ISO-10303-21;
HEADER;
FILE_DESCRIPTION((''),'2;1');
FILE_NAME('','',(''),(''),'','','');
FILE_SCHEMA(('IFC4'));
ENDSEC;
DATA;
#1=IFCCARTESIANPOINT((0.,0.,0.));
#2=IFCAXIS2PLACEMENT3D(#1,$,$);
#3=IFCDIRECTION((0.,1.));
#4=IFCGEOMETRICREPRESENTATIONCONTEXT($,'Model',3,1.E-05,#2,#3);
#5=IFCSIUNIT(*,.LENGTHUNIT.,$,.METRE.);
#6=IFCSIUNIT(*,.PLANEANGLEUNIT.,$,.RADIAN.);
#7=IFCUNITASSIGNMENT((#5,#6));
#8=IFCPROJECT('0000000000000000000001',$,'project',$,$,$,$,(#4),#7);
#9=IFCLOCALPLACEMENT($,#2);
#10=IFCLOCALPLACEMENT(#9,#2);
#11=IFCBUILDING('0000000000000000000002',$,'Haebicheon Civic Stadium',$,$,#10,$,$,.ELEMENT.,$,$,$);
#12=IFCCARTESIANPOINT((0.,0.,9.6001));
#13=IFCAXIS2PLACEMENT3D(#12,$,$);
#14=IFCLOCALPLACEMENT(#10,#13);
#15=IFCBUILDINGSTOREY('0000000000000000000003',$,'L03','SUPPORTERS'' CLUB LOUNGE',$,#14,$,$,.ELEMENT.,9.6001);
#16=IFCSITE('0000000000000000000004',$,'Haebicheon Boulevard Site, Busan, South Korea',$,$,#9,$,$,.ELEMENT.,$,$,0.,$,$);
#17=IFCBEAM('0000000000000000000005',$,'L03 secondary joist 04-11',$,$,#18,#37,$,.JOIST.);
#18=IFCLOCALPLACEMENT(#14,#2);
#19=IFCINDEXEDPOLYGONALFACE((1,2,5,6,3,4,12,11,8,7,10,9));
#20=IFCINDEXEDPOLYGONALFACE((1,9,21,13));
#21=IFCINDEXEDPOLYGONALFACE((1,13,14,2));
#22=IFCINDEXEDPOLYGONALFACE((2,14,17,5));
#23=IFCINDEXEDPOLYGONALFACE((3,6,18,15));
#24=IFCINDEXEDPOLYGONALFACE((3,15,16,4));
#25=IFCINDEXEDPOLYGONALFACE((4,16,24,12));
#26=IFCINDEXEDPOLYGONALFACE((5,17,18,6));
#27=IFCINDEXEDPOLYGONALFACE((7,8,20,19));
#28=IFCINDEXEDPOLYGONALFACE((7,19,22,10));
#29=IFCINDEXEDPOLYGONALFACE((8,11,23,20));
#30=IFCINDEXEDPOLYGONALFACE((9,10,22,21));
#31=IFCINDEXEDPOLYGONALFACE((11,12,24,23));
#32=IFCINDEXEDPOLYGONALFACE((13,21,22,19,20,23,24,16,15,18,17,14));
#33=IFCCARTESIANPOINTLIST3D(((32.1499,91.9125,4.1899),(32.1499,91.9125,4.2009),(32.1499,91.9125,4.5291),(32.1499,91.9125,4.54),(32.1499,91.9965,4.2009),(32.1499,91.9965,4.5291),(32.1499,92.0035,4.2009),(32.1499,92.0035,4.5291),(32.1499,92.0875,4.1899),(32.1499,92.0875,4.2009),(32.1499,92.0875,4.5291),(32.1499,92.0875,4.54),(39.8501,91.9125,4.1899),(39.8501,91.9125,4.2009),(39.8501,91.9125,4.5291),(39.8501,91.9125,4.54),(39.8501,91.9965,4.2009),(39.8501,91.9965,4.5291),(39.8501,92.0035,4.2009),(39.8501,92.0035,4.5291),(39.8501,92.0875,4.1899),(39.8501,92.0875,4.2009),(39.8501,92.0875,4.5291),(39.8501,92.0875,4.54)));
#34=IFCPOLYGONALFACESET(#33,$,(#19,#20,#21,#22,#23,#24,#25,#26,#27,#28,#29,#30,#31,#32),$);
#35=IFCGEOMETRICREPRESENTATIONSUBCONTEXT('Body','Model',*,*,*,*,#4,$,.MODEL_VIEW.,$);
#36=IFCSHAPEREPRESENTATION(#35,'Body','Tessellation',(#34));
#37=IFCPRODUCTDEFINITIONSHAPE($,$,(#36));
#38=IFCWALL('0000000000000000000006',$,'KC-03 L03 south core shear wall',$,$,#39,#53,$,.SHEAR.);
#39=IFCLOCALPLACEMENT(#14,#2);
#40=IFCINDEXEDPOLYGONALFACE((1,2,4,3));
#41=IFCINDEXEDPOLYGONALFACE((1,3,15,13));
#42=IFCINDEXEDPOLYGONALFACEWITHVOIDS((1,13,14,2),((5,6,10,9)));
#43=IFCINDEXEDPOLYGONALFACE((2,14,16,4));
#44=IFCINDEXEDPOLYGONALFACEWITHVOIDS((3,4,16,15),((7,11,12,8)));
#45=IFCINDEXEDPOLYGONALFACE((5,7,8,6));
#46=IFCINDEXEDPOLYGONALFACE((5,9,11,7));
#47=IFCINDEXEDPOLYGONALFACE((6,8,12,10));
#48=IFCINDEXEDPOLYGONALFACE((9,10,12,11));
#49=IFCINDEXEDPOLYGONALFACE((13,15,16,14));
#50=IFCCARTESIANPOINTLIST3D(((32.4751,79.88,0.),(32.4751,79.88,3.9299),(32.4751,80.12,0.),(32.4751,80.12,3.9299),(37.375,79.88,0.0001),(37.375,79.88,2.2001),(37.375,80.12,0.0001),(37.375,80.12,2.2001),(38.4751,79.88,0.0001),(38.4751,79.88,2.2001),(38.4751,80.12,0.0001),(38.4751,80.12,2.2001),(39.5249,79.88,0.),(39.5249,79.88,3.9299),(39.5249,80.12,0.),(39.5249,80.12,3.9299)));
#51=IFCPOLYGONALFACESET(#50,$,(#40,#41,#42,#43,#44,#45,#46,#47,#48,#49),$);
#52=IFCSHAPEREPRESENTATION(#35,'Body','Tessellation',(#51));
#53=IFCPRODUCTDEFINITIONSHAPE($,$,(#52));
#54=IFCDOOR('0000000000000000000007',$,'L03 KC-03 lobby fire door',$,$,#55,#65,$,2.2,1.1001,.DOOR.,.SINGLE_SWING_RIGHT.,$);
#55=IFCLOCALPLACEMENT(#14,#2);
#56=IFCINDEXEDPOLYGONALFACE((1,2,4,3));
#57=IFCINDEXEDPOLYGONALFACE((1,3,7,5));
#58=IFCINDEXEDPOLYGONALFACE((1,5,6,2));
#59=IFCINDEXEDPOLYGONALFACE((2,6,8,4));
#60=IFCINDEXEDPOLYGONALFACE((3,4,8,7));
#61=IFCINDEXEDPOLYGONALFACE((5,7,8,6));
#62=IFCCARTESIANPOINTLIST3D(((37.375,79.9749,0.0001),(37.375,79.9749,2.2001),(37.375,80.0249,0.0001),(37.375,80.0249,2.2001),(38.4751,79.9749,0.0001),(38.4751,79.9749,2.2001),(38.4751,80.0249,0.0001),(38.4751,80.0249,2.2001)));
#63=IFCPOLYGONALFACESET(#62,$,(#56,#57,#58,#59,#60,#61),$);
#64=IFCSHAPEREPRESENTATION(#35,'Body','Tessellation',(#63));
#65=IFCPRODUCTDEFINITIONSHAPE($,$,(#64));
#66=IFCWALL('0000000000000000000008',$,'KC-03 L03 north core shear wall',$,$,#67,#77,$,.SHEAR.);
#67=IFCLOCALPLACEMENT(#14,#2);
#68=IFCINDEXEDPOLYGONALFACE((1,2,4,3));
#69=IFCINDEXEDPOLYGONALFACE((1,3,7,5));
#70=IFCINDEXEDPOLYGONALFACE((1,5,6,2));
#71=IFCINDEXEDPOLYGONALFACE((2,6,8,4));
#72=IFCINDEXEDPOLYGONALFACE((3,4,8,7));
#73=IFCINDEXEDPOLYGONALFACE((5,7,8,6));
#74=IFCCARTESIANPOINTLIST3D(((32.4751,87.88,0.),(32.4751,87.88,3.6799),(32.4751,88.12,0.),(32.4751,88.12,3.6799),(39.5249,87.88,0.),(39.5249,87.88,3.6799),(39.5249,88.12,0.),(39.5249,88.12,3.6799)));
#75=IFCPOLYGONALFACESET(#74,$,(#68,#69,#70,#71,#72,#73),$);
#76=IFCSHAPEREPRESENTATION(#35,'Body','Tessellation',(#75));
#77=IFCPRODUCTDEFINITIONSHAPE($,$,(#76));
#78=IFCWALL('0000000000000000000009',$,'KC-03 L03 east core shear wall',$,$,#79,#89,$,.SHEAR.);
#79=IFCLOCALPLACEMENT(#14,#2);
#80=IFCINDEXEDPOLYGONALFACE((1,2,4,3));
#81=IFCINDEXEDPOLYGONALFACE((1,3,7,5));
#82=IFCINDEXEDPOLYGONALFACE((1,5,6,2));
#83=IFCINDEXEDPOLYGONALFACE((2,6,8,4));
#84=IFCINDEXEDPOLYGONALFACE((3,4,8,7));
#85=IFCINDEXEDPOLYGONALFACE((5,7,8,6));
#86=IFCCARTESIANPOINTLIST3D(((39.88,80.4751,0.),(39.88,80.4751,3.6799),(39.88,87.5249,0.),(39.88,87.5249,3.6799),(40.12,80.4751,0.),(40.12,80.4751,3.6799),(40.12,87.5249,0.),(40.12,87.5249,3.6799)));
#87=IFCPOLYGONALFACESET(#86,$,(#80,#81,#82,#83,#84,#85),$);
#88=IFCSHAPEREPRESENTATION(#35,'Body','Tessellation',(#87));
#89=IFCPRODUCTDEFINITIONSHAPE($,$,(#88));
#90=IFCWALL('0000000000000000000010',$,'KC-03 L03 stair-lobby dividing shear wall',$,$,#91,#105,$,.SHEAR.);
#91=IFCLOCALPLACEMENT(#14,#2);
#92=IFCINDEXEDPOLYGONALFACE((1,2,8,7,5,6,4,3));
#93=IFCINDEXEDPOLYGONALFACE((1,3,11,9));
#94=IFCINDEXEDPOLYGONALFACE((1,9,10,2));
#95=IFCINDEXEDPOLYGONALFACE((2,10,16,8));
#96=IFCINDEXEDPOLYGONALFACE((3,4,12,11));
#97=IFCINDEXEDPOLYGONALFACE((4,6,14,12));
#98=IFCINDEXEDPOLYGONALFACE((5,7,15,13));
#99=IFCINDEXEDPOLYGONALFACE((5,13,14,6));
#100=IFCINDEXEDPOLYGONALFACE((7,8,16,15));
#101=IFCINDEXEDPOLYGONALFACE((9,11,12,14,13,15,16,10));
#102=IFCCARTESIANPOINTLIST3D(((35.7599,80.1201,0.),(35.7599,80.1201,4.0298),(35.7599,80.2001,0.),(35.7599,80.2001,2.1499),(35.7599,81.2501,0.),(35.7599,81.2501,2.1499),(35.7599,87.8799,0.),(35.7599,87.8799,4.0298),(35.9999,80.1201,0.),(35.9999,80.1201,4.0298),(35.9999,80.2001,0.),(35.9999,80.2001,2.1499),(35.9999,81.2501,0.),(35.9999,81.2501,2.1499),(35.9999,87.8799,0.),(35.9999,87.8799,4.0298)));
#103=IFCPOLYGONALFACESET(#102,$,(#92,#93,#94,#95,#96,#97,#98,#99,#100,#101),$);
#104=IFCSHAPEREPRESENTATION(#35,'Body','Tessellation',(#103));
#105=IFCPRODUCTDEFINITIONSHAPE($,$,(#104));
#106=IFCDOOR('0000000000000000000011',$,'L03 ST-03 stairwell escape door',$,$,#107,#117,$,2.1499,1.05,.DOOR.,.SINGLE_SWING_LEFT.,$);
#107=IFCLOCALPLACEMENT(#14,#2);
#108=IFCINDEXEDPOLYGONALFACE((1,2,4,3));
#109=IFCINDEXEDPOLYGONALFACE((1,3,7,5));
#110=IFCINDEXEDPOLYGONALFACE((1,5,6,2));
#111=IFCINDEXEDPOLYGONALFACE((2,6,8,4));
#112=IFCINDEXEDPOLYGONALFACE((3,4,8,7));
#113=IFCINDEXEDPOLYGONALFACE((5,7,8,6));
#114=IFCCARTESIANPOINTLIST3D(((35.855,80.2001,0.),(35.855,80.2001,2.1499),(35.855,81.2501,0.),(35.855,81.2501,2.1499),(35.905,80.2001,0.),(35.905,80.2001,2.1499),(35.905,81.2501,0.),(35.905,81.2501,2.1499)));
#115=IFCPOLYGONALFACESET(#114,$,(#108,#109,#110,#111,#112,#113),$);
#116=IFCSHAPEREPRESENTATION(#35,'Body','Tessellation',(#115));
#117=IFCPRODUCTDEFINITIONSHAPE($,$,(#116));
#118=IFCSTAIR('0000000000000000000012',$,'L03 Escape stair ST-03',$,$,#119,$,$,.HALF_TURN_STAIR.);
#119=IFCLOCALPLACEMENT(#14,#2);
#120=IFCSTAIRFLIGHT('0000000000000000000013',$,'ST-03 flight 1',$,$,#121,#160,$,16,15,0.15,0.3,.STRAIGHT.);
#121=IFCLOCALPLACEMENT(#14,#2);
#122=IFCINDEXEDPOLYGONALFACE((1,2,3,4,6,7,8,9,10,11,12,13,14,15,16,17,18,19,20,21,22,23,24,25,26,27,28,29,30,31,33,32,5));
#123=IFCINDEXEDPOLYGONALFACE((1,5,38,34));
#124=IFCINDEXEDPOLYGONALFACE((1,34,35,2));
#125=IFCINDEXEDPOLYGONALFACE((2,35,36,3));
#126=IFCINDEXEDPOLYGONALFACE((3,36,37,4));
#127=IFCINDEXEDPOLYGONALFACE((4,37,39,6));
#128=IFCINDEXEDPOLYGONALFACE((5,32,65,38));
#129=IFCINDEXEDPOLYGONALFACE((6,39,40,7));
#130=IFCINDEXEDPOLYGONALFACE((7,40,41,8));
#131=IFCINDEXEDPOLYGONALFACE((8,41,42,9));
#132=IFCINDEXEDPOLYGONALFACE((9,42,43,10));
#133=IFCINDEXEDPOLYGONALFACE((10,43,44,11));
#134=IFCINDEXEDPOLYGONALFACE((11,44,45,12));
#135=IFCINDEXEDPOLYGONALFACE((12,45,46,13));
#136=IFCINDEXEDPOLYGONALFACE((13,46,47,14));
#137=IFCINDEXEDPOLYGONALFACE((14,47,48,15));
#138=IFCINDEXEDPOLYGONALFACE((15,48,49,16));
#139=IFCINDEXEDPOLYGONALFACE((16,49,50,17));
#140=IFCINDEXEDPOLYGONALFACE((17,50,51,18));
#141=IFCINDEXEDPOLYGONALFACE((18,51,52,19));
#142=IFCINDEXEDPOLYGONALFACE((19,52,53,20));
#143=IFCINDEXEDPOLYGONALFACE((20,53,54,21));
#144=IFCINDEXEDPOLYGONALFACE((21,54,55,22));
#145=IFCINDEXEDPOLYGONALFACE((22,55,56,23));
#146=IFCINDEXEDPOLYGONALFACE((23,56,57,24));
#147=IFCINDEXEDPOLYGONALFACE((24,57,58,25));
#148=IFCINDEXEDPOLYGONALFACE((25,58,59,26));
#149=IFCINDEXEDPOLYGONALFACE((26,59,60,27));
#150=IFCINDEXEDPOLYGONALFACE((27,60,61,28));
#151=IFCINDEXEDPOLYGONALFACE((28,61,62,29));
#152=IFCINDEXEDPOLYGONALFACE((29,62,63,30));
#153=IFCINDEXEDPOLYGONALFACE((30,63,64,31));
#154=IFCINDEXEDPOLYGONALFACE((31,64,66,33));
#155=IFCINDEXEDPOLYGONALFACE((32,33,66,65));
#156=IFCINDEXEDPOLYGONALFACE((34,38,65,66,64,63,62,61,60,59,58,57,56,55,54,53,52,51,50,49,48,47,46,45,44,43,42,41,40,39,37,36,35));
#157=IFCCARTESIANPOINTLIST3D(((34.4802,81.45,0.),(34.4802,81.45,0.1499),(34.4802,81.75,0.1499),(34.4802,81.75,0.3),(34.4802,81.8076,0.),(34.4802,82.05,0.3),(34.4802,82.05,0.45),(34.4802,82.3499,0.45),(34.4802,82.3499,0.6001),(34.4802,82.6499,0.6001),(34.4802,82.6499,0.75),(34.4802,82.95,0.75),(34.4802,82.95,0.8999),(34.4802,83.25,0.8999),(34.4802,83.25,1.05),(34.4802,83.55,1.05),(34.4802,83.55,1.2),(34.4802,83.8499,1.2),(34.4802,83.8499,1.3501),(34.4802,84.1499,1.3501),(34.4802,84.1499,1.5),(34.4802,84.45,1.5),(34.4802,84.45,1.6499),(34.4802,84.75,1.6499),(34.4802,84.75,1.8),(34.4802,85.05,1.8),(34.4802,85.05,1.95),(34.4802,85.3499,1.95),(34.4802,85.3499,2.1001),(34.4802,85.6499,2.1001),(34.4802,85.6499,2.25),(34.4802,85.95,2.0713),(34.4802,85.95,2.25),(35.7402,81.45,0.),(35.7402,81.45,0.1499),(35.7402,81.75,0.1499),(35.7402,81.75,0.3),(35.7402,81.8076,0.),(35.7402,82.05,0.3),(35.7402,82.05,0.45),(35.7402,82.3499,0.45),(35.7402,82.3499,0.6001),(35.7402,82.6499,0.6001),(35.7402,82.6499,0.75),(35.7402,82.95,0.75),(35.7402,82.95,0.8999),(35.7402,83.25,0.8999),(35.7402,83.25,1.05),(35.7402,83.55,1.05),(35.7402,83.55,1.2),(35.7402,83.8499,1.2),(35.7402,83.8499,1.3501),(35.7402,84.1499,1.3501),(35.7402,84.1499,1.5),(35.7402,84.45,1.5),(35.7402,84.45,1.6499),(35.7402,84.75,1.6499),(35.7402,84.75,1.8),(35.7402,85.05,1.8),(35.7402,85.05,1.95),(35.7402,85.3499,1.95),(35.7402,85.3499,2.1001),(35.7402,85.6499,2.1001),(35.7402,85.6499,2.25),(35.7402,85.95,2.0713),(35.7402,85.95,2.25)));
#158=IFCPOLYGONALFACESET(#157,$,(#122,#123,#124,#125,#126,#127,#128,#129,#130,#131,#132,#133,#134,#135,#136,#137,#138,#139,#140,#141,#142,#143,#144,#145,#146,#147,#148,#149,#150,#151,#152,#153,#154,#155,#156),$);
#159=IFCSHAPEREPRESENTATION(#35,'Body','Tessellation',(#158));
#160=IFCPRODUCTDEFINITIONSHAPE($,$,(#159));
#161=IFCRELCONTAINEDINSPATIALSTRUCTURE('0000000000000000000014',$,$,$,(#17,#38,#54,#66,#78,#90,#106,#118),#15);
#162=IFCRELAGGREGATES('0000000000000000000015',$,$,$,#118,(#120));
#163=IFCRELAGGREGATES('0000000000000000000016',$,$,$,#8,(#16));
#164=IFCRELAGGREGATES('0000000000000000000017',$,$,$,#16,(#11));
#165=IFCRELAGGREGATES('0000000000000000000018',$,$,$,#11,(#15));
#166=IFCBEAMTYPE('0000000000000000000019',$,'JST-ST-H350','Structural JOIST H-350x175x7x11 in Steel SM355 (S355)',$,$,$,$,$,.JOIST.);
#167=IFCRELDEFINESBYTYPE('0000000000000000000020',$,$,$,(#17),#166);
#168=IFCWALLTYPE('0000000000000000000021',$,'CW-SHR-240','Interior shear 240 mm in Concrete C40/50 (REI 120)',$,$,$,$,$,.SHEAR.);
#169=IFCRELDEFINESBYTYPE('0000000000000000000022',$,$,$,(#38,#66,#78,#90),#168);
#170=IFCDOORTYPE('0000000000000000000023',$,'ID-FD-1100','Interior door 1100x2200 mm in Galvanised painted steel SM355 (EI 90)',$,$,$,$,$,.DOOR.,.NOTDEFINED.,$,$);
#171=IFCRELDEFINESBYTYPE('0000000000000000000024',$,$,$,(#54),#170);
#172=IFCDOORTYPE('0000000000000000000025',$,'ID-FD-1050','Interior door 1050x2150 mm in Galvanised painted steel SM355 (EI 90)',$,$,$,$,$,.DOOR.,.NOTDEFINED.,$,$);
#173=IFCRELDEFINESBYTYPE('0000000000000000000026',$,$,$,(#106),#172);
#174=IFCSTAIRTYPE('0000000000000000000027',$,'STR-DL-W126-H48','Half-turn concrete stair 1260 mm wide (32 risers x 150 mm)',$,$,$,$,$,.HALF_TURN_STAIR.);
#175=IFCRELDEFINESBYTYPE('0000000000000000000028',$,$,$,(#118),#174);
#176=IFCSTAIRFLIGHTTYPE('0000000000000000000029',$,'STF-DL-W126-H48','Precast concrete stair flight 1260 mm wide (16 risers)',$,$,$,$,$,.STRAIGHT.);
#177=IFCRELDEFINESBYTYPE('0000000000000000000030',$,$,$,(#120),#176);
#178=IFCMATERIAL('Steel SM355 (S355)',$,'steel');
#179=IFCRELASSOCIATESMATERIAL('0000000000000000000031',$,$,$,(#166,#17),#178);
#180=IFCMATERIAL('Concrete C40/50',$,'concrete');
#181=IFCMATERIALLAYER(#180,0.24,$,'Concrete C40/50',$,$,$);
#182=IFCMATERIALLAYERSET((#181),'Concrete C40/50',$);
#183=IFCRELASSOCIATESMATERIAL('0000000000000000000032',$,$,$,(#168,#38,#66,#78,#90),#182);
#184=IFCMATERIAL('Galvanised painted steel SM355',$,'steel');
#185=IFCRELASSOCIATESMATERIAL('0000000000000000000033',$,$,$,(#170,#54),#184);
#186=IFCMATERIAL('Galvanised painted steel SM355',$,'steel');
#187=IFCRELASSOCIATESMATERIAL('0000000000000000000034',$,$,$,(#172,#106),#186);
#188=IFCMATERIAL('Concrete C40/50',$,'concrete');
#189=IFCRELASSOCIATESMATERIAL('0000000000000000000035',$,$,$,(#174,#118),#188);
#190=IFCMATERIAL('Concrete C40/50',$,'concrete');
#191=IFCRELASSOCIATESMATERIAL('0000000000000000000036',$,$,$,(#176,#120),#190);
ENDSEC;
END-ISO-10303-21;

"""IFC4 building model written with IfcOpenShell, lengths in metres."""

from ifc_helpers import new_model, si_unit, direction, frame, frame_2d, origin, origin_2d, place, context, subcontext, project, spatial, polyline, rectangle, i_section, outline, extrude, material, layer, layer_set, material_profile, profile_set, type_object, element, fill, aggregate, save


model = new_model("IFC4")

# Units and contexts
model_context = context("Model", 3, precision=1e-05, world=origin(), true_north=direction((0.0, 1.0)))
body_context = subcontext(model_context, "Body", "Model", "MODEL_VIEW")
ifc_project = project(units=[si_unit("LENGTHUNIT", "METRE"), si_unit("PLANEANGLEUNIT", "RADIAN")], contexts=[model_context])

# Site, building, storey
site_placement = place(None, origin())
site = spatial("IfcSite", under=ifc_project, at=site_placement, Name="Haebicheon Boulevard Site, Busan, South Korea", CompositionType="ELEMENT", RefElevation=0.0)
building_placement = place(site_placement, origin())
building = spatial("IfcBuilding", under=site, at=building_placement, Name="Haebicheon Civic Stadium", CompositionType="ELEMENT")
storey_placement = place(building_placement, frame((0.0, 0.0, 9.6001)))
storey = spatial("IfcBuildingStorey", under=building, at=storey_placement, Name="L03", Description="SUPPORTERS' CLUB LOUNGE", CompositionType="ELEMENT", Elevation=9.6001)

# Beam
ifc_material_1 = material(Name="Steel SM355 (S355)", Category="steel")
ifc_material_profile_1 = material_profile(ifc_material_1, i_section(OverallWidth=0.175, OverallDepth=0.3501, WebThickness=0.0071, FlangeThickness=0.011, at=origin_2d()), Name="H-350x175x7x11")
ifc_profile_set_1 = profile_set([ifc_material_profile_1], Name="Steel SM355 (S355)")
beam_type_1 = type_object("IfcBeamType", Name="JST-ST-H350", Description="Structural JOIST H-350x175x7x11 in Steel SM355 (S355)", PredefinedType="JOIST", material=ifc_profile_set_1)
for number, where, z_axis, x_axis, name in (
    (1, (32.1499, 92.0, 4.365), (1.0, 0.0, 0.0), (0.0, 1.0, 0.0), "L03 secondary joist 04-11"),
):
    element("IfcBeam", number, at=place(storey_placement, frame(where, z_axis=z_axis, x_axis=x_axis)), inside=storey, type_object=beam_type_1, material=ifc_profile_set_1, Name=name, PredefinedType="JOIST", context=body_context, shape_type="SweptSolid", body=[
        extrude(i_section(OverallWidth=0.175, OverallDepth=0.3501, WebThickness=0.0071, FlangeThickness=0.011, at=origin_2d()), origin(), (0.0, 0.0, 1.0), 7.7002),
    ])

# Wall, opening, door
ifc_material_2 = material(Name="Concrete C40/50", Category="concrete")
ifc_layer = layer(ifc_material_2, 0.24, Name="Concrete C40/50")
ifc_layer_set = layer_set([ifc_layer], Name="Concrete C40/50")
wall_type = type_object("IfcWallType", Name="CW-SHR-240", Description="Interior shear 240 mm in Concrete C40/50 (REI 120)", PredefinedType="SHEAR", material=ifc_layer_set)
wall_1_placement = place(storey_placement, frame((32.4751, 80.0, 0.0), z_axis=(0.0, 0.0, 1.0), x_axis=(1.0, 0.0, 0.0)))
wall_1 = element("IfcWall", 2, at=wall_1_placement, inside=storey, type_object=wall_type, material=ifc_layer_set, Name="KC-03 L03 south core shear wall", PredefinedType="SHEAR", context=body_context, shape_type="SweptSolid", body=[
    extrude(rectangle(XDim=7.0498, YDim=0.24, at=frame_2d((3.5249, 0.0))), origin(), (0.0, 0.0, 1.0), 3.9299),
])
opening_1_placement = place(wall_1_placement, frame((4.8999, 0.0, 0.0)))
opening_1 = element("IfcOpeningElement", 3, at=opening_1_placement, cuts=wall_1, PredefinedType="OPENING", context=body_context, shape_type="SweptSolid", body=[
    extrude(rectangle(XDim=1.1001, YDim=2.2, at=frame_2d((0.55, 1.1001))), frame((0.0, 0.1299, 0.0), z_axis=(0.0, -1.0, 0.0), x_axis=(1.0, 0.0, 0.0)), (0.0, 0.0, 1.0), 0.26),
])
ifc_material_3 = material(Name="Galvanised painted steel SM355", Category="steel")
door_type_1 = type_object("IfcDoorType", Name="ID-FD-1100", Description="Interior door 1100x2200 mm in Galvanised painted steel SM355 (EI 90)", OperationType="NOTDEFINED", PredefinedType="DOOR", material=ifc_material_3)
door_1_placement = place(opening_1_placement, origin())
door_1 = element("IfcDoor", 4, at=door_1_placement, inside=storey, type_object=door_type_1, material=ifc_material_3, Name="L03 KC-03 lobby fire door", OperationType="SINGLE_SWING_RIGHT", OverallHeight=2.2, OverallWidth=1.1001, PredefinedType="DOOR", context=body_context, shape_type="SweptSolid", body=[
    extrude(rectangle(XDim=1.1001, YDim=2.2, at=frame_2d((0.55, 1.1001))), frame((0.0, 0.0249, 0.0), z_axis=(0.0, -1.0, 0.0), x_axis=(1.0, 0.0, 0.0)), (0.0, 0.0, 1.0), 0.05),
])
fill(opening_1, door_1)

# Walls
for number, where, z_axis, x_axis, name in (
    (5, (32.4751, 88.0, 0.0), (0.0, 0.0, 1.0), (1.0, 0.0, 0.0), "KC-03 L03 north core shear wall"),
    (6, (40.0, 80.4751, 0.0), (0.0, 0.0, 1.0), (0.0, 1.0, 0.0), "KC-03 L03 east core shear wall"),
):
    element("IfcWall", number, at=place(storey_placement, frame(where, z_axis=z_axis, x_axis=x_axis)), inside=storey, type_object=wall_type, material=ifc_layer_set, Name=name, PredefinedType="SHEAR", context=body_context, shape_type="SweptSolid", body=[
        extrude(rectangle(XDim=7.0498, YDim=0.24, at=frame_2d((3.5249, 0.0))), origin(), (0.0, 0.0, 1.0), 3.6799),
    ])

# Wall, opening, door
wall_2_placement = place(storey_placement, frame((35.8799, 80.1201, 0.0), z_axis=(0.0, 0.0, 1.0), x_axis=(0.0, 1.0, 0.0)))
wall_2 = element("IfcWall", 7, at=wall_2_placement, inside=storey, type_object=wall_type, material=ifc_layer_set, Name="KC-03 L03 stair-lobby dividing shear wall", PredefinedType="SHEAR", context=body_context, shape_type="SweptSolid", body=[
    extrude(rectangle(XDim=7.7598, YDim=0.24, at=frame_2d((3.8799, 0.0))), origin(), (0.0, 0.0, 1.0), 4.0298),
])
opening_2_placement = place(wall_2_placement, frame((0.0801, 0.0, 0.0)))
opening_2 = element("IfcOpeningElement", 8, at=opening_2_placement, cuts=wall_2, PredefinedType="OPENING", context=body_context, shape_type="SweptSolid", body=[
    extrude(rectangle(XDim=1.05, YDim=2.1499, at=frame_2d((0.5249, 1.075))), frame((0.0, 0.1299, 0.0), z_axis=(0.0, -1.0, 0.0), x_axis=(1.0, 0.0, 0.0)), (0.0, 0.0, 1.0), 0.26),
])
ifc_material_4 = material(Name="Galvanised painted steel SM355", Category="steel")
door_type_2 = type_object("IfcDoorType", Name="ID-FD-1050", Description="Interior door 1050x2150 mm in Galvanised painted steel SM355 (EI 90)", OperationType="NOTDEFINED", PredefinedType="DOOR", material=ifc_material_4)
door_2_placement = place(opening_2_placement, origin())
door_2 = element("IfcDoor", 9, at=door_2_placement, inside=storey, type_object=door_type_2, material=ifc_material_4, Name="L03 ST-03 stairwell escape door", OperationType="SINGLE_SWING_LEFT", OverallHeight=2.1499, OverallWidth=1.05, PredefinedType="DOOR", context=body_context, shape_type="SweptSolid", body=[
    extrude(rectangle(XDim=1.05, YDim=2.1499, at=frame_2d((0.5249, 1.075))), frame((0.0, 0.0249, 0.0), z_axis=(0.0, -1.0, 0.0), x_axis=(1.0, 0.0, 0.0)), (0.0, 0.0, 1.0), 0.05),
])
fill(opening_2, door_2)

# Stair, stair flight
ifc_material_5 = material(Name="Concrete C40/50", Category="concrete")
stair_type = type_object("IfcStairType", Name="STR-DL-W126-H48", Description="Half-turn concrete stair 1260 mm wide (32 risers x 150 mm)", PredefinedType="HALF_TURN_STAIR", material=ifc_material_5)
stair_placement = place(storey_placement, origin())
stair = element("IfcStair", 10, at=stair_placement, inside=storey, type_object=stair_type, material=ifc_material_5, Name="L03 Escape stair ST-03", PredefinedType="HALF_TURN_STAIR")
ifc_material_6 = material(Name="Concrete C40/50", Category="concrete")
stair_flight_type = type_object("IfcStairFlightType", Name="STF-DL-W126-H48", Description="Precast concrete stair flight 1260 mm wide (16 risers)", PredefinedType="STRAIGHT", material=ifc_material_6)
stair_flight_1_placement = place(storey_placement, frame((35.1101, 81.45, 0.0), z_axis=(0.0, 0.0, 1.0), x_axis=(0.0, 1.0, 0.0)))
stair_flight_1 = element("IfcStairFlight", 11, at=stair_flight_1_placement, type_object=stair_flight_type, material=ifc_material_6, Name="ST-03 flight 1", NumberOfRisers=16, NumberOfTreads=15, PredefinedType="STRAIGHT", RiserHeight=0.15, TreadLength=0.3, context=body_context, shape_type="SweptSolid", body=[
    extrude(outline(polyline([(0.0, 0.0), (0.0, 0.1499), (0.3, 0.1499), (0.3, 0.3), (0.6001, 0.3), (0.6001, 0.45), (0.8999, 0.45), (0.8999, 0.6001), (1.2, 0.6001), (1.2, 0.75), (1.5, 0.75), (1.5, 0.8999), (1.8, 0.8999), (1.8, 1.05), (2.1001, 1.05), (2.1001, 1.2), (2.3999, 1.2), (2.3999, 1.3501), (2.7, 1.3501), (2.7, 1.5), (3.0, 1.5), (3.0, 1.6499), (3.3, 1.6499), (3.3, 1.8), (3.6001, 1.8), (3.6001, 1.95), (3.8999, 1.95), (3.8999, 2.1001), (4.2, 2.1001), (4.2, 2.25), (4.5, 2.25), (4.5, 2.3999), (4.5, 2.0713), (0.3577, 0.0), (0.0, 0.0)])), frame((0.0, 0.6299, 0.0), z_axis=(0.0, -1.0, 0.0), x_axis=(1.0, 0.0, 0.0)), (0.0, 0.0, 1.0), 1.26),
])
aggregate(stair, [stair_flight_1])

save(model, "model.ifc")
